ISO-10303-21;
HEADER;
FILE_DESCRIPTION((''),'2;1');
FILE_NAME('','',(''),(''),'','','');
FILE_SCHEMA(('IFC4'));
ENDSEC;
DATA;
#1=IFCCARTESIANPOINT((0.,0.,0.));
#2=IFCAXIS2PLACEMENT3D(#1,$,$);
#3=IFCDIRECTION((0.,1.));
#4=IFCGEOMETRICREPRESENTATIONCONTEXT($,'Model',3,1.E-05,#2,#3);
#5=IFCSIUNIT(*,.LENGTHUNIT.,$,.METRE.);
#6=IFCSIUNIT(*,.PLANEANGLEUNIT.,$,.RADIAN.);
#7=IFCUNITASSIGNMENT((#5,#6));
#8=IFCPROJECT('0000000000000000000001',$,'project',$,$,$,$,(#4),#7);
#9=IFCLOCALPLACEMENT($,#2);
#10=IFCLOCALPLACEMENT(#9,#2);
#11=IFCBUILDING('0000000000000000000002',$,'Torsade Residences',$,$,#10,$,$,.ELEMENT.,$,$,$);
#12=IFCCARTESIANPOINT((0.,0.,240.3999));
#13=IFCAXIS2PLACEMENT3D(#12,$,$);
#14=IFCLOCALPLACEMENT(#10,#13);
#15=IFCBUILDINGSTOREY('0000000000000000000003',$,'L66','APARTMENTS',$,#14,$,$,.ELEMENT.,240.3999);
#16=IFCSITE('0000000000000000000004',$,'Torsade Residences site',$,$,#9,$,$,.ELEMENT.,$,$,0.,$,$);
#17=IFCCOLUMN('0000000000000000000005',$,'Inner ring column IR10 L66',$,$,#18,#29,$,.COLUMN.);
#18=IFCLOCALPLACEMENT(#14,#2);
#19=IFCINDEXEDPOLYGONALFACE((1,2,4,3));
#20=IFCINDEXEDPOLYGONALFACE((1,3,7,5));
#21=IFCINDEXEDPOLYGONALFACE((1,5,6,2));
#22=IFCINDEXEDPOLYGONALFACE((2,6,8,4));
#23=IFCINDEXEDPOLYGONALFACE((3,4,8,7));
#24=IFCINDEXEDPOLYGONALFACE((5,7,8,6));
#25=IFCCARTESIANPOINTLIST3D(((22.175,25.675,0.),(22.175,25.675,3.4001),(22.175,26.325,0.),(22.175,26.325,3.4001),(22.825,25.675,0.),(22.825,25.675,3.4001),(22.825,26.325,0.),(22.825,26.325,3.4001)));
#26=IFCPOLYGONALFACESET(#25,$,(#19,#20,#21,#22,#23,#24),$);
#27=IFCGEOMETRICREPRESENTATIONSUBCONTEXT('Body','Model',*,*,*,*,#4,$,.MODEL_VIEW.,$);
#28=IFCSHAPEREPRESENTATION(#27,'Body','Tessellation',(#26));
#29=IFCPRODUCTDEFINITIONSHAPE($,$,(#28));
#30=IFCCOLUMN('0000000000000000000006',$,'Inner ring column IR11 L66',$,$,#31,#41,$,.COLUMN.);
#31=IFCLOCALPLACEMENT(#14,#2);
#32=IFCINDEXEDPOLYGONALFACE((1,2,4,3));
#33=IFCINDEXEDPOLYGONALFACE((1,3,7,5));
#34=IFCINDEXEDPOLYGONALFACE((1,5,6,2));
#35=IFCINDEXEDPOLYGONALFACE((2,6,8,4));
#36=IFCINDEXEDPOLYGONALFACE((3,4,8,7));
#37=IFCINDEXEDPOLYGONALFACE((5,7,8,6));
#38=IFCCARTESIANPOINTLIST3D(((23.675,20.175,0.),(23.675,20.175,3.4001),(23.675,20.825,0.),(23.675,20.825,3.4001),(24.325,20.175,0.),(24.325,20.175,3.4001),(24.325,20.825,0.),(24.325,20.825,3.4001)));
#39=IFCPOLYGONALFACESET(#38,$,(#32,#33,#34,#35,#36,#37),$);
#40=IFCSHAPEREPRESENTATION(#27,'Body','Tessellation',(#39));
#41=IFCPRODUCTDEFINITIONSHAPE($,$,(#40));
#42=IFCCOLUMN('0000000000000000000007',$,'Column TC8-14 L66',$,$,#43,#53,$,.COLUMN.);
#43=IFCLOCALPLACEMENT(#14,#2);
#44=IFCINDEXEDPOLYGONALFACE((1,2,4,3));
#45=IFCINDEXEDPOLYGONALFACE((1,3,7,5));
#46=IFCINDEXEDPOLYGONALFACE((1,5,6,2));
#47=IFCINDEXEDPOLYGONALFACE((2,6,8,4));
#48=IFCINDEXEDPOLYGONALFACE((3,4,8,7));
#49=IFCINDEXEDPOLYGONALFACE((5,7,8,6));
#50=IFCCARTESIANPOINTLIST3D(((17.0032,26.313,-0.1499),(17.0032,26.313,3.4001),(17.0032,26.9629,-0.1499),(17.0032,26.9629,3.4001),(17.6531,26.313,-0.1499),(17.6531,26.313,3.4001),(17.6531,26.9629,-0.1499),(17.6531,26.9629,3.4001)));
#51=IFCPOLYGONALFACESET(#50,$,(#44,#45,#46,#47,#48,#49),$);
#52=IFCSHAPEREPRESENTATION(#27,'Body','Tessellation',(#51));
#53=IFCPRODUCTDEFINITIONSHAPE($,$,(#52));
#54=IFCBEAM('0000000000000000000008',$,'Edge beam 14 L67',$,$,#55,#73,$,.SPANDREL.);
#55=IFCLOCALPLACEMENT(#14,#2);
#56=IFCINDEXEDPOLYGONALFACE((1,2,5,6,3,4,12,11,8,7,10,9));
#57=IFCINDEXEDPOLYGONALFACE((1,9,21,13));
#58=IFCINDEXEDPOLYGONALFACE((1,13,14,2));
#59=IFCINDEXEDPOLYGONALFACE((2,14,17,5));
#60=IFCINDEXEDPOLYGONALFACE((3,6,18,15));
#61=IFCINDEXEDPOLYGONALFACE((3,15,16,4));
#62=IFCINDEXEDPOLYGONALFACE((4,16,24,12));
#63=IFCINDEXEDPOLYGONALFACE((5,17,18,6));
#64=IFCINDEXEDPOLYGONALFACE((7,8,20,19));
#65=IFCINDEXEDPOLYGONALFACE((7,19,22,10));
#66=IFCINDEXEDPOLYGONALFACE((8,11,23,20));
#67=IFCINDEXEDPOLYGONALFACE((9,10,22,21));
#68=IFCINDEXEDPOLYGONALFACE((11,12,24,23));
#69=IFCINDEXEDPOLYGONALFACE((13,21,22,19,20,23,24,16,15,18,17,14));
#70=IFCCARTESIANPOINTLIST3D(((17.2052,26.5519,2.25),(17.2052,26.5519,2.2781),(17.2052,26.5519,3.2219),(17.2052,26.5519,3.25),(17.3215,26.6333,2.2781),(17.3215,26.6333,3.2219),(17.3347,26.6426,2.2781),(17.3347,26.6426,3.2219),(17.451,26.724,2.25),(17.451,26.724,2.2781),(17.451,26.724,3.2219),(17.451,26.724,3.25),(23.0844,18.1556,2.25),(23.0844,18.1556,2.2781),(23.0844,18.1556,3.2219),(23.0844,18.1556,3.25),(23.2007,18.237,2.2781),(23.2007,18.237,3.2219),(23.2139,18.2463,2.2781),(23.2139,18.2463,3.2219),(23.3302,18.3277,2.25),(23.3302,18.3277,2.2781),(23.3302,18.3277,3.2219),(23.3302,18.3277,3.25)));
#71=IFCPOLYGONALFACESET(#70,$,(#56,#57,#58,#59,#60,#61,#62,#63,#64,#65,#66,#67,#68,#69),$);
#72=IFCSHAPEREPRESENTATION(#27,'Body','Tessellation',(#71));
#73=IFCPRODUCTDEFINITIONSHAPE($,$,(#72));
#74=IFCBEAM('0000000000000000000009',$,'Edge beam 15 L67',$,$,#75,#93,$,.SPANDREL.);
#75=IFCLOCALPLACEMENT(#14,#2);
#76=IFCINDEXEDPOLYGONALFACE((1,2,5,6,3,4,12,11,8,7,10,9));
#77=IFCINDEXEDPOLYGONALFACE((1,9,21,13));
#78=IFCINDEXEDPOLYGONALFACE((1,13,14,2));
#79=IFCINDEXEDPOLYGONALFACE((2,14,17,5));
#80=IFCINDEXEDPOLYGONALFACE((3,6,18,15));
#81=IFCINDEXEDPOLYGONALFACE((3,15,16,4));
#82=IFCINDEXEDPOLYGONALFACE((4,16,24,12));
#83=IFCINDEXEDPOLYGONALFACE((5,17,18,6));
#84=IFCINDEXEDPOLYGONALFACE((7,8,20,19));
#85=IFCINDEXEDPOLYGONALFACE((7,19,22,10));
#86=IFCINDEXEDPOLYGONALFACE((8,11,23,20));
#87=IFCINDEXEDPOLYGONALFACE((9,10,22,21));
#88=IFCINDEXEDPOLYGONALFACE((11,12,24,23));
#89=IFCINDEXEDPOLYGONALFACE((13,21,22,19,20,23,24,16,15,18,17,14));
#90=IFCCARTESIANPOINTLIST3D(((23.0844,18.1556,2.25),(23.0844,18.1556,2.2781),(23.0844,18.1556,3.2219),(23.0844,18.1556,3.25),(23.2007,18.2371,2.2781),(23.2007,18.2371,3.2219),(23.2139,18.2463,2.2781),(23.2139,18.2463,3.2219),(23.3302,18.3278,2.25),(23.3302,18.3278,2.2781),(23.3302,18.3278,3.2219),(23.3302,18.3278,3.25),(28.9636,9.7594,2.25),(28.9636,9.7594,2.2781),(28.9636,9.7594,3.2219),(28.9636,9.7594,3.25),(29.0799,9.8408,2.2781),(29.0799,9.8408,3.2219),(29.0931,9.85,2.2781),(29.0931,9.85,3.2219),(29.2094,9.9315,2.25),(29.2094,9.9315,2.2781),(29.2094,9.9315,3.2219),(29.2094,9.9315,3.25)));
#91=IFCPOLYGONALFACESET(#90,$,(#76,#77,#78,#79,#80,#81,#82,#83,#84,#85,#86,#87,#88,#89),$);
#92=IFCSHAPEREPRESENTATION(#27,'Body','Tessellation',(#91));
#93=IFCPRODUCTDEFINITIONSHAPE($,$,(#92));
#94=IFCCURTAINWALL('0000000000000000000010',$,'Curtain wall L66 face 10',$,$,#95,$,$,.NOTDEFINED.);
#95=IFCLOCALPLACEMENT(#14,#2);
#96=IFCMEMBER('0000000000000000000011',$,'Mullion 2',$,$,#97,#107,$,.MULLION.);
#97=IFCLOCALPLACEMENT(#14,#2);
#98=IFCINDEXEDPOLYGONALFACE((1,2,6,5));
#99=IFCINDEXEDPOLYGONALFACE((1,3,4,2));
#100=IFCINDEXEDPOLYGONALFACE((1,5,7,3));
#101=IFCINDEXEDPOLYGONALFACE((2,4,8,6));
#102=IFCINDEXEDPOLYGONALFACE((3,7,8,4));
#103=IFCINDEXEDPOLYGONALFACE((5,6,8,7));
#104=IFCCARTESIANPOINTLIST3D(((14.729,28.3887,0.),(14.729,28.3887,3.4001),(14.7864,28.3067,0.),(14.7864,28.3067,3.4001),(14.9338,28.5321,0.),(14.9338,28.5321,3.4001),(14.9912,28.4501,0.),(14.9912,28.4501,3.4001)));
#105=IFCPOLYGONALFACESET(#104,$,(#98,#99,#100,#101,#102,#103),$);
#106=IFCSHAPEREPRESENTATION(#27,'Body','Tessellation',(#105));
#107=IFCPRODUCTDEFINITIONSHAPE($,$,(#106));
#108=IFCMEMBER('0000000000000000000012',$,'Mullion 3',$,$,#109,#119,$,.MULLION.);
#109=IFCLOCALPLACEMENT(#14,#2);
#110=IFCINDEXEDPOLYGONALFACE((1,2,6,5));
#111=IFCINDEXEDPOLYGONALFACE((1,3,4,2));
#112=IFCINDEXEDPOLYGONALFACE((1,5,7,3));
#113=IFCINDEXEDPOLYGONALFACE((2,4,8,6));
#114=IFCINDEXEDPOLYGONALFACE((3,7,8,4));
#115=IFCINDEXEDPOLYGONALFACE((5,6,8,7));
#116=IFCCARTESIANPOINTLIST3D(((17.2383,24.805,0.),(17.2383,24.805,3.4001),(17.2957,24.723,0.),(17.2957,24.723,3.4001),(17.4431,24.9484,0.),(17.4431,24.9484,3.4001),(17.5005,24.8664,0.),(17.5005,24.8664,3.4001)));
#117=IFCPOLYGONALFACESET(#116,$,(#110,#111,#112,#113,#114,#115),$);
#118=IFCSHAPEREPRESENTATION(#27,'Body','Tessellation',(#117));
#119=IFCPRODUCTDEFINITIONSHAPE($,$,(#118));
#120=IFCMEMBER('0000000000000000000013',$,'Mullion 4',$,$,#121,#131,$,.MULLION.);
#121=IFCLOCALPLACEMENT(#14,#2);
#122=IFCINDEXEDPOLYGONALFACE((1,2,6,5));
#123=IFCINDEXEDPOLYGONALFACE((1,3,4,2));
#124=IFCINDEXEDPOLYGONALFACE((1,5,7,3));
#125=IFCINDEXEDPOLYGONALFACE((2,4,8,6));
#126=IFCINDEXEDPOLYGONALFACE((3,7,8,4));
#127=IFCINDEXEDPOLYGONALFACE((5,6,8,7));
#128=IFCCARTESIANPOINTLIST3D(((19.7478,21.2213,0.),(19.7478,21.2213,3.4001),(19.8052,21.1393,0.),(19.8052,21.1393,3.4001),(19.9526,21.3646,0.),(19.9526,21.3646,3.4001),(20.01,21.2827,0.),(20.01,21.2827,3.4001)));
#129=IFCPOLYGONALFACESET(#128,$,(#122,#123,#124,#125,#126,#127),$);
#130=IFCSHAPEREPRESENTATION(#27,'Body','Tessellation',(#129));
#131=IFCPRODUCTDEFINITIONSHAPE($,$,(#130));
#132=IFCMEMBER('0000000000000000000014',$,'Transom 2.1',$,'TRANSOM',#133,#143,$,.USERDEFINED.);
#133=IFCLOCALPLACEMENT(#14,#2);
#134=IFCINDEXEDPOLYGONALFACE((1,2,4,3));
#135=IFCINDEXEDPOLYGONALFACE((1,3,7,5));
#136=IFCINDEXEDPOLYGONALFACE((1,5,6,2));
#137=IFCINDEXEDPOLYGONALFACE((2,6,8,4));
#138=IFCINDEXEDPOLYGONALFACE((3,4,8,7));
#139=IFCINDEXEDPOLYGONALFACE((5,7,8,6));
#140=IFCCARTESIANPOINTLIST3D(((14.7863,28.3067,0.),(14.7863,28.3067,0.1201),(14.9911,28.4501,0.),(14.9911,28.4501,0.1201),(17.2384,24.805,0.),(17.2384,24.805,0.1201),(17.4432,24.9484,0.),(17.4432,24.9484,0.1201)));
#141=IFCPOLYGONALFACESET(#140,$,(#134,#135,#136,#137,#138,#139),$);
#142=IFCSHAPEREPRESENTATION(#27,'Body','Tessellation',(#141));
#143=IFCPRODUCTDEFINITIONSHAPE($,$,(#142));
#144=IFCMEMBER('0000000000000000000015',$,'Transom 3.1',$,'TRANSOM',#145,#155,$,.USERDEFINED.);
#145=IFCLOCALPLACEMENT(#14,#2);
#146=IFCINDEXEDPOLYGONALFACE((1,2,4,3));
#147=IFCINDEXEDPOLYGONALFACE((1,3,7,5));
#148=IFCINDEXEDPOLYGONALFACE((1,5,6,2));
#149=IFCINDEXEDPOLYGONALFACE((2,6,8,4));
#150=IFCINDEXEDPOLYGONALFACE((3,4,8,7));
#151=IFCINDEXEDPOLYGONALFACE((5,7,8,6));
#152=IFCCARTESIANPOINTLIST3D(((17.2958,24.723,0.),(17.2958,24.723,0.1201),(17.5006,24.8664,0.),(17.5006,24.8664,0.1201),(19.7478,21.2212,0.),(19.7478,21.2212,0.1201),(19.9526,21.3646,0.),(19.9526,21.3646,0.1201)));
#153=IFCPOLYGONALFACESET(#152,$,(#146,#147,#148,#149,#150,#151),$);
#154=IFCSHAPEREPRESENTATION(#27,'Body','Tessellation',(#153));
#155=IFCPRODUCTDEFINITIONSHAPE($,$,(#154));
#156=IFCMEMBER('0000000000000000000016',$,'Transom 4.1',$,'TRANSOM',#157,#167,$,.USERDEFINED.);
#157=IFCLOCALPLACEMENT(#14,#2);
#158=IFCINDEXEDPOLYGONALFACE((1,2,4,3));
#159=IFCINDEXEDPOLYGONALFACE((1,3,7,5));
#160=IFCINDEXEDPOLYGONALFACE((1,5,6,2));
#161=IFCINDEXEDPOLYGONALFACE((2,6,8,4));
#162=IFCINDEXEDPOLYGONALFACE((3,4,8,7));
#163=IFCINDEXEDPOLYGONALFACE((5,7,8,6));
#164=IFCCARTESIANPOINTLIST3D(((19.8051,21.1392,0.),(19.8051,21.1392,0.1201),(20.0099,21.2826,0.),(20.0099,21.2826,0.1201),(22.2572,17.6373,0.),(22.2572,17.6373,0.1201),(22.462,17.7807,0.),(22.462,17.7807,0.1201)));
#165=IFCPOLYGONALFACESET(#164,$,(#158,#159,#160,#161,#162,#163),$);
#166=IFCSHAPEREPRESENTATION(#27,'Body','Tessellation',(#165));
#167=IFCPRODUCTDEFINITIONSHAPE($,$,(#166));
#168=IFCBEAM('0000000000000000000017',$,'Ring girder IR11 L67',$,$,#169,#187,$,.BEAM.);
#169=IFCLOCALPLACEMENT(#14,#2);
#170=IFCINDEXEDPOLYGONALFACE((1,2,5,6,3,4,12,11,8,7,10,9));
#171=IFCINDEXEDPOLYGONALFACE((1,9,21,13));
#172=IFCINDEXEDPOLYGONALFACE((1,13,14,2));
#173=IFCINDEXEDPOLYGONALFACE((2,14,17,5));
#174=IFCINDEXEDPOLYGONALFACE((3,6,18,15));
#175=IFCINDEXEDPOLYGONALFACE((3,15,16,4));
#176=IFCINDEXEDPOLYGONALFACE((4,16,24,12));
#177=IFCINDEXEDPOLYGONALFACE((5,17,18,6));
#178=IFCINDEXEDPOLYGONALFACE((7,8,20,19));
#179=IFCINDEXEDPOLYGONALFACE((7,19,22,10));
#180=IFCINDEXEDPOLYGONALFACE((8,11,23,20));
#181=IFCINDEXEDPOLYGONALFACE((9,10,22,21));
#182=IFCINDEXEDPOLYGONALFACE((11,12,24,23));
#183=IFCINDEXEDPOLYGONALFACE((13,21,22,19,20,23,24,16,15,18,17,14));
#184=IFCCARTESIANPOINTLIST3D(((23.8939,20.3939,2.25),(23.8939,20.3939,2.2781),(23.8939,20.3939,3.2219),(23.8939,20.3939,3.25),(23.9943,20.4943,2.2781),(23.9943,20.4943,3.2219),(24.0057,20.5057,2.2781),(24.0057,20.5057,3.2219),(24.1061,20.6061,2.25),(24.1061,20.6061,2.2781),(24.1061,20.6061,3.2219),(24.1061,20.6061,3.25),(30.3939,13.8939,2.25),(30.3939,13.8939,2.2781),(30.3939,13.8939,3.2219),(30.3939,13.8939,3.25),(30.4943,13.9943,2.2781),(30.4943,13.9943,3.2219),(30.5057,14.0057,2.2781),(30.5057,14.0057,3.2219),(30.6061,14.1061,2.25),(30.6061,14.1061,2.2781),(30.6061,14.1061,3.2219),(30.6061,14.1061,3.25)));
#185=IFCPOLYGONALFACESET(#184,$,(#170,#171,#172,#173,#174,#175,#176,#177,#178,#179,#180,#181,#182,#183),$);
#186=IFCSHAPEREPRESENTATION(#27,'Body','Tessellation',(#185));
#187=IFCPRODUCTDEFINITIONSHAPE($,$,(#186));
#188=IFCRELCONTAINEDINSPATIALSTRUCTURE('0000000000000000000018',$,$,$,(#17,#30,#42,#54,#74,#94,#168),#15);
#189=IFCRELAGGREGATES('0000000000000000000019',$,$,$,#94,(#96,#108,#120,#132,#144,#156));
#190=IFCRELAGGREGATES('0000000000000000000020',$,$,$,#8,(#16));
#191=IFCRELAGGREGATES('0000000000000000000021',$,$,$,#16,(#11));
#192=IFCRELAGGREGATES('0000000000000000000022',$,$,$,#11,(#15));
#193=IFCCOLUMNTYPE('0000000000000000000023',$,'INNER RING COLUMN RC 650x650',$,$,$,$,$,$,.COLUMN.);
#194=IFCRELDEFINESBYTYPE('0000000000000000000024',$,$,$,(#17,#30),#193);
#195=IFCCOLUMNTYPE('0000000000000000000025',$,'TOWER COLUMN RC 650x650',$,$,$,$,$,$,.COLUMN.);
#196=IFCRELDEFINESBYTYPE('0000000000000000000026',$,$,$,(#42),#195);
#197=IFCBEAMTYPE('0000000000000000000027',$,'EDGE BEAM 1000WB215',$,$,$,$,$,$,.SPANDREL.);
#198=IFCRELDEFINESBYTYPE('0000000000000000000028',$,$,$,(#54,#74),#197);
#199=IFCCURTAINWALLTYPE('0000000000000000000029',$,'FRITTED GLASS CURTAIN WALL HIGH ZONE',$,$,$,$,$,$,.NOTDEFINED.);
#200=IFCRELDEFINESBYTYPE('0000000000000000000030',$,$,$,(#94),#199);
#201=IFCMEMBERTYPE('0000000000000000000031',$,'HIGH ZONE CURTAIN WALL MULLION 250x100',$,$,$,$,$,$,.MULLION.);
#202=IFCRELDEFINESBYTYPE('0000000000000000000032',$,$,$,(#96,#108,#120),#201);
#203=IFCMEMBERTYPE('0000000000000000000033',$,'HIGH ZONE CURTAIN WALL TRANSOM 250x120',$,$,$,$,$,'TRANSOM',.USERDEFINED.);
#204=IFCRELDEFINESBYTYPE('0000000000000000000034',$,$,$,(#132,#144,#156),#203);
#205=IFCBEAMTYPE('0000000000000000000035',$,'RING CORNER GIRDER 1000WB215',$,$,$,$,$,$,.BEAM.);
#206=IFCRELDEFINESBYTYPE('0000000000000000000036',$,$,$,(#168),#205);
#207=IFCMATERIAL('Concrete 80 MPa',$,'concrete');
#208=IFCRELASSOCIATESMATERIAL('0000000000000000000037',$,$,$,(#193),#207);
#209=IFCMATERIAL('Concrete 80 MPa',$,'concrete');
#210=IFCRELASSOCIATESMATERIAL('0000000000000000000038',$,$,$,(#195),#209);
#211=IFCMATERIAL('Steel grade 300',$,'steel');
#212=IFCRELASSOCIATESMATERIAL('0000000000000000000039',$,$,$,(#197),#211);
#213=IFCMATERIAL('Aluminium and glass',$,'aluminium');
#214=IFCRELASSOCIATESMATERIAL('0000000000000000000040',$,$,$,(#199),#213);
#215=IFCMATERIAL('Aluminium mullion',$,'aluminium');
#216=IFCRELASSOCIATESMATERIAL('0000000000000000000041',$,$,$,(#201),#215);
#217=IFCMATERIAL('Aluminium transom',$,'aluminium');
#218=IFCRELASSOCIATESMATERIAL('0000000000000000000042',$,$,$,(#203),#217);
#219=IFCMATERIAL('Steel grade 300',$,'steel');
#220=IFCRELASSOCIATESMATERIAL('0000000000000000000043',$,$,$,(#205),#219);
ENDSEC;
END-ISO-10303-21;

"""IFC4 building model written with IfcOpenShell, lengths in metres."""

from ifc_helpers import new_model, si_unit, direction, frame, origin, origin_2d, place, context, subcontext, project, spatial, rectangle, i_section, extrude, material, material_profile, profile_set, type_object, element, aggregate, save


model = new_model("IFC4")

# Units and contexts
model_context = context("Model", 3, precision=1e-05, world=origin(), true_north=direction((0.0, 1.0)))
body_context = subcontext(model_context, "Body", "Model", "MODEL_VIEW")
ifc_project = project(units=[si_unit("LENGTHUNIT", "METRE"), si_unit("PLANEANGLEUNIT", "RADIAN")], contexts=[model_context])

# Site, building, storey
site_placement = place(None, origin())
site = spatial("IfcSite", under=ifc_project, at=site_placement, Name="Torsade Residences site", CompositionType="ELEMENT", RefElevation=0.0)
building_placement = place(site_placement, origin())
building = spatial("IfcBuilding", under=site, at=building_placement, Name="Torsade Residences", CompositionType="ELEMENT")
storey_placement = place(building_placement, frame((0.0, 0.0, 240.3999)))
storey = spatial("IfcBuildingStorey", under=building, at=storey_placement, Name="L66", Description="APARTMENTS", CompositionType="ELEMENT", Elevation=240.3999)

# Columns
ifc_material_1 = material(Name="Concrete 80 MPa", Category="concrete")
ifc_material_profile_1 = material_profile(ifc_material_1, rectangle(XDim=0.6499, YDim=0.6499, at=origin_2d()), Name="RC 650x650")
ifc_profile_set_1 = profile_set([ifc_material_profile_1], Name="Concrete 80 MPa")
column_type_1 = type_object("IfcColumnType", Name="INNER RING COLUMN RC 650x650", PredefinedType="COLUMN", material=ifc_profile_set_1)
for number, where, z_axis, x_axis, name in (
    (1, (22.5, 26.0, 0.0), (0.0, 0.0, 1.0), (1.0, 0.0, 0.0), "Inner ring column IR10 L66"),
    (2, (24.0, 20.5, 0.0), (0.0, 0.0, 1.0), (1.0, 0.0, 0.0), "Inner ring column IR11 L66"),
):
    element("IfcColumn", number, at=place(storey_placement, frame(where, z_axis=z_axis, x_axis=x_axis)), inside=storey, type_object=column_type_1, Name=name, PredefinedType="COLUMN", context=body_context, shape_type="SweptSolid", body=[
        extrude(rectangle(XDim=0.6499, YDim=0.6499, at=origin_2d()), origin(), (0.0, 0.0, 1.0), 3.4001),
    ])
ifc_material_2 = material(Name="Concrete 80 MPa", Category="concrete")
ifc_material_profile_2 = material_profile(ifc_material_2, rectangle(XDim=0.6499, YDim=0.6499, at=origin_2d()), Name="RC 650x650")
ifc_profile_set_2 = profile_set([ifc_material_profile_2], Name="Concrete 80 MPa")
column_type_2 = type_object("IfcColumnType", Name="TOWER COLUMN RC 650x650", PredefinedType="COLUMN", material=ifc_profile_set_2)
column_placement = place(storey_placement, frame((17.3281, 26.6379, -0.1499), z_axis=(0.0, 0.0, 1.0), x_axis=(1.0, 0.0, 0.0)))
element("IfcColumn", 3, at=column_placement, inside=storey, type_object=column_type_2, Name="Column TC8-14 L66", PredefinedType="COLUMN", context=body_context, shape_type="SweptSolid", body=[
    extrude(rectangle(XDim=0.6499, YDim=0.6499, at=origin_2d()), origin(), (0.0, 0.0, 1.0), 3.55),
])

# Beams
ifc_material_3 = material(Name="Steel grade 300", Category="steel")
ifc_material_profile_3 = material_profile(ifc_material_3, i_section(OverallWidth=0.3, OverallDepth=1.0, WebThickness=0.0161, FlangeThickness=0.0281, at=origin_2d()), Name="1000WB215")
ifc_profile_set_3 = profile_set([ifc_material_profile_3], Name="Steel grade 300")
beam_type_1 = type_object("IfcBeamType", Name="EDGE BEAM 1000WB215", PredefinedType="SPANDREL", material=ifc_profile_set_3)
for number, where, z_axis, x_axis, name in (
    (4, (17.3281, 26.6379, 2.75), (0.573579, -0.81915, 0.0), (0.81915, 0.573579, 0.0), "Edge beam 14 L67"),
    (5, (23.2073, 18.2417, 2.75), (0.573579, -0.81915, 0.0), (0.81915, 0.573579, 0.0), "Edge beam 15 L67"),
):
    element("IfcBeam", number, at=place(storey_placement, frame(where, z_axis=z_axis, x_axis=x_axis)), inside=storey, type_object=beam_type_1, Name=name, PredefinedType="SPANDREL", context=body_context, shape_type="SweptSolid", body=[
        extrude(i_section(OverallWidth=0.3, OverallDepth=1.0, WebThickness=0.0161, FlangeThickness=0.0281, at=origin_2d()), origin(), (0.0, 0.0, 1.0), 10.25),
    ])

# Curtain wall, members
ifc_material_4 = material(Name="Aluminium and glass", Category="aluminium")
curtain_wall_type = type_object("IfcCurtainWallType", Name="FRITTED GLASS CURTAIN WALL HIGH ZONE", PredefinedType="NOTDEFINED", material=ifc_material_4)
curtain_wall_placement = place(storey_placement, origin())
curtain_wall = element("IfcCurtainWall", 6, at=curtain_wall_placement, inside=storey, type_object=curtain_wall_type, Name="Curtain wall L66 face 10", PredefinedType="NOTDEFINED")
ifc_material_5 = material(Name="Aluminium mullion", Category="aluminium")
ifc_material_profile_4 = material_profile(ifc_material_5, rectangle(XDim=0.25, YDim=0.1001, at=origin_2d()), Name="HIGH ZONE CURTAIN WALL MULLION 250x100")
ifc_profile_set_4 = profile_set([ifc_material_profile_4], Name="Aluminium mullion")
member_type_1 = type_object("IfcMemberType", Name="HIGH ZONE CURTAIN WALL MULLION 250x100", PredefinedType="MULLION", material=ifc_profile_set_4)
member_1_placement = place(storey_placement, frame((14.8601, 28.4194, 0.0), z_axis=(0.0, 0.0, 1.0), x_axis=(0.819152, 0.573576, 0.0)))
member_1 = element("IfcMember", 7, at=member_1_placement, type_object=member_type_1, Name="Mullion 2", PredefinedType="MULLION", context=body_context, shape_type="SweptSolid", body=[
    extrude(rectangle(XDim=0.25, YDim=0.1001, at=origin_2d()), origin(), (0.0, 0.0, 1.0), 3.4001),
])
member_2_placement = place(storey_placement, frame((17.3694, 24.8357, 0.0), z_axis=(0.0, 0.0, 1.0), x_axis=(0.819152, 0.573576, 0.0)))
member_2 = element("IfcMember", 8, at=member_2_placement, type_object=member_type_1, Name="Mullion 3", PredefinedType="MULLION", context=body_context, shape_type="SweptSolid", body=[
    extrude(rectangle(XDim=0.25, YDim=0.1001, at=origin_2d()), origin(), (0.0, 0.0, 1.0), 3.4001),
])
member_3_placement = place(storey_placement, frame((19.8789, 21.252, 0.0), z_axis=(0.0, 0.0, 1.0), x_axis=(0.819152, 0.573576, 0.0)))
member_3 = element("IfcMember", 9, at=member_3_placement, type_object=member_type_1, Name="Mullion 4", PredefinedType="MULLION", context=body_context, shape_type="SweptSolid", body=[
    extrude(rectangle(XDim=0.25, YDim=0.1001, at=origin_2d()), origin(), (0.0, 0.0, 1.0), 3.4001),
])
ifc_material_6 = material(Name="Aluminium transom", Category="aluminium")
ifc_material_profile_5 = material_profile(ifc_material_6, rectangle(XDim=0.25, YDim=0.1201, at=origin_2d()), Name="HIGH ZONE CURTAIN WALL TRANSOM 250x120")
ifc_profile_set_5 = profile_set([ifc_material_profile_5], Name="Aluminium transom")
member_type_2 = type_object("IfcMemberType", Name="HIGH ZONE CURTAIN WALL TRANSOM 250x120", ElementType="TRANSOM", PredefinedType="USERDEFINED", material=ifc_profile_set_5)
member_4_placement = place(storey_placement, frame((14.8887, 28.3784, 0.0601), z_axis=(0.573612, -0.819127, 0.0), x_axis=(0.819127, 0.573612, 0.0)))
member_4 = element("IfcMember", 10, at=member_4_placement, type_object=member_type_2, Name="Transom 2.1", ObjectType="TRANSOM", PredefinedType="USERDEFINED", context=body_context, shape_type="SweptSolid", body=[
    extrude(rectangle(XDim=0.25, YDim=0.1201, at=origin_2d()), origin(), (0.0, 0.0, 1.0), 4.2749),
])
member_5_placement = place(storey_placement, frame((17.3982, 24.7947, 0.0601), z_axis=(0.573573, -0.819154, 0.0), x_axis=(0.819154, 0.573573, 0.0)))
member_5 = element("IfcMember", 11, at=member_5_placement, type_object=member_type_2, Name="Transom 3.1", ObjectType="TRANSOM", PredefinedType="USERDEFINED", context=body_context, shape_type="SweptSolid", body=[
    extrude(rectangle(XDim=0.25, YDim=0.1201, at=origin_2d()), origin(), (0.0, 0.0, 1.0), 4.2749),
])
member_6_placement = place(storey_placement, frame((19.9075, 21.2109, 0.0601), z_axis=(0.573585, -0.819146, 0.0), x_axis=(0.819146, 0.573585, 0.0)))
member_6 = element("IfcMember", 12, at=member_6_placement, type_object=member_type_2, Name="Transom 4.1", ObjectType="TRANSOM", PredefinedType="USERDEFINED", context=body_context, shape_type="SweptSolid", body=[
    extrude(rectangle(XDim=0.25, YDim=0.1201, at=origin_2d()), origin(), (0.0, 0.0, 1.0), 4.2751),
])

# Beam
ifc_material_7 = material(Name="Steel grade 300", Category="steel")
ifc_material_profile_6 = material_profile(ifc_material_7, i_section(OverallWidth=0.3, OverallDepth=1.0, WebThickness=0.0161, FlangeThickness=0.0281, at=origin_2d()), Name="1000WB215")
ifc_profile_set_6 = profile_set([ifc_material_profile_6], Name="Steel grade 300")
beam_type_2 = type_object("IfcBeamType", Name="RING CORNER GIRDER 1000WB215", PredefinedType="BEAM", material=ifc_profile_set_6)
beam_1_placement = place(storey_placement, frame((24.0, 20.5, 2.75), z_axis=(0.707107, -0.707107, 0.0), x_axis=(0.707107, 0.707107, 0.0)))
element("IfcBeam", 13, at=beam_1_placement, inside=storey, type_object=beam_type_2, Name="Ring girder IR11 L67", PredefinedType="BEAM", context=body_context, shape_type="SweptSolid", body=[
    extrude(i_section(OverallWidth=0.3, OverallDepth=1.0, WebThickness=0.0161, FlangeThickness=0.0281, at=origin_2d()), origin(), (0.0, 0.0, 1.0), 9.1924),
])

aggregate(curtain_wall, [member_1, member_2, member_3, member_4, member_5, member_6])

save(model, "model.ifc")
